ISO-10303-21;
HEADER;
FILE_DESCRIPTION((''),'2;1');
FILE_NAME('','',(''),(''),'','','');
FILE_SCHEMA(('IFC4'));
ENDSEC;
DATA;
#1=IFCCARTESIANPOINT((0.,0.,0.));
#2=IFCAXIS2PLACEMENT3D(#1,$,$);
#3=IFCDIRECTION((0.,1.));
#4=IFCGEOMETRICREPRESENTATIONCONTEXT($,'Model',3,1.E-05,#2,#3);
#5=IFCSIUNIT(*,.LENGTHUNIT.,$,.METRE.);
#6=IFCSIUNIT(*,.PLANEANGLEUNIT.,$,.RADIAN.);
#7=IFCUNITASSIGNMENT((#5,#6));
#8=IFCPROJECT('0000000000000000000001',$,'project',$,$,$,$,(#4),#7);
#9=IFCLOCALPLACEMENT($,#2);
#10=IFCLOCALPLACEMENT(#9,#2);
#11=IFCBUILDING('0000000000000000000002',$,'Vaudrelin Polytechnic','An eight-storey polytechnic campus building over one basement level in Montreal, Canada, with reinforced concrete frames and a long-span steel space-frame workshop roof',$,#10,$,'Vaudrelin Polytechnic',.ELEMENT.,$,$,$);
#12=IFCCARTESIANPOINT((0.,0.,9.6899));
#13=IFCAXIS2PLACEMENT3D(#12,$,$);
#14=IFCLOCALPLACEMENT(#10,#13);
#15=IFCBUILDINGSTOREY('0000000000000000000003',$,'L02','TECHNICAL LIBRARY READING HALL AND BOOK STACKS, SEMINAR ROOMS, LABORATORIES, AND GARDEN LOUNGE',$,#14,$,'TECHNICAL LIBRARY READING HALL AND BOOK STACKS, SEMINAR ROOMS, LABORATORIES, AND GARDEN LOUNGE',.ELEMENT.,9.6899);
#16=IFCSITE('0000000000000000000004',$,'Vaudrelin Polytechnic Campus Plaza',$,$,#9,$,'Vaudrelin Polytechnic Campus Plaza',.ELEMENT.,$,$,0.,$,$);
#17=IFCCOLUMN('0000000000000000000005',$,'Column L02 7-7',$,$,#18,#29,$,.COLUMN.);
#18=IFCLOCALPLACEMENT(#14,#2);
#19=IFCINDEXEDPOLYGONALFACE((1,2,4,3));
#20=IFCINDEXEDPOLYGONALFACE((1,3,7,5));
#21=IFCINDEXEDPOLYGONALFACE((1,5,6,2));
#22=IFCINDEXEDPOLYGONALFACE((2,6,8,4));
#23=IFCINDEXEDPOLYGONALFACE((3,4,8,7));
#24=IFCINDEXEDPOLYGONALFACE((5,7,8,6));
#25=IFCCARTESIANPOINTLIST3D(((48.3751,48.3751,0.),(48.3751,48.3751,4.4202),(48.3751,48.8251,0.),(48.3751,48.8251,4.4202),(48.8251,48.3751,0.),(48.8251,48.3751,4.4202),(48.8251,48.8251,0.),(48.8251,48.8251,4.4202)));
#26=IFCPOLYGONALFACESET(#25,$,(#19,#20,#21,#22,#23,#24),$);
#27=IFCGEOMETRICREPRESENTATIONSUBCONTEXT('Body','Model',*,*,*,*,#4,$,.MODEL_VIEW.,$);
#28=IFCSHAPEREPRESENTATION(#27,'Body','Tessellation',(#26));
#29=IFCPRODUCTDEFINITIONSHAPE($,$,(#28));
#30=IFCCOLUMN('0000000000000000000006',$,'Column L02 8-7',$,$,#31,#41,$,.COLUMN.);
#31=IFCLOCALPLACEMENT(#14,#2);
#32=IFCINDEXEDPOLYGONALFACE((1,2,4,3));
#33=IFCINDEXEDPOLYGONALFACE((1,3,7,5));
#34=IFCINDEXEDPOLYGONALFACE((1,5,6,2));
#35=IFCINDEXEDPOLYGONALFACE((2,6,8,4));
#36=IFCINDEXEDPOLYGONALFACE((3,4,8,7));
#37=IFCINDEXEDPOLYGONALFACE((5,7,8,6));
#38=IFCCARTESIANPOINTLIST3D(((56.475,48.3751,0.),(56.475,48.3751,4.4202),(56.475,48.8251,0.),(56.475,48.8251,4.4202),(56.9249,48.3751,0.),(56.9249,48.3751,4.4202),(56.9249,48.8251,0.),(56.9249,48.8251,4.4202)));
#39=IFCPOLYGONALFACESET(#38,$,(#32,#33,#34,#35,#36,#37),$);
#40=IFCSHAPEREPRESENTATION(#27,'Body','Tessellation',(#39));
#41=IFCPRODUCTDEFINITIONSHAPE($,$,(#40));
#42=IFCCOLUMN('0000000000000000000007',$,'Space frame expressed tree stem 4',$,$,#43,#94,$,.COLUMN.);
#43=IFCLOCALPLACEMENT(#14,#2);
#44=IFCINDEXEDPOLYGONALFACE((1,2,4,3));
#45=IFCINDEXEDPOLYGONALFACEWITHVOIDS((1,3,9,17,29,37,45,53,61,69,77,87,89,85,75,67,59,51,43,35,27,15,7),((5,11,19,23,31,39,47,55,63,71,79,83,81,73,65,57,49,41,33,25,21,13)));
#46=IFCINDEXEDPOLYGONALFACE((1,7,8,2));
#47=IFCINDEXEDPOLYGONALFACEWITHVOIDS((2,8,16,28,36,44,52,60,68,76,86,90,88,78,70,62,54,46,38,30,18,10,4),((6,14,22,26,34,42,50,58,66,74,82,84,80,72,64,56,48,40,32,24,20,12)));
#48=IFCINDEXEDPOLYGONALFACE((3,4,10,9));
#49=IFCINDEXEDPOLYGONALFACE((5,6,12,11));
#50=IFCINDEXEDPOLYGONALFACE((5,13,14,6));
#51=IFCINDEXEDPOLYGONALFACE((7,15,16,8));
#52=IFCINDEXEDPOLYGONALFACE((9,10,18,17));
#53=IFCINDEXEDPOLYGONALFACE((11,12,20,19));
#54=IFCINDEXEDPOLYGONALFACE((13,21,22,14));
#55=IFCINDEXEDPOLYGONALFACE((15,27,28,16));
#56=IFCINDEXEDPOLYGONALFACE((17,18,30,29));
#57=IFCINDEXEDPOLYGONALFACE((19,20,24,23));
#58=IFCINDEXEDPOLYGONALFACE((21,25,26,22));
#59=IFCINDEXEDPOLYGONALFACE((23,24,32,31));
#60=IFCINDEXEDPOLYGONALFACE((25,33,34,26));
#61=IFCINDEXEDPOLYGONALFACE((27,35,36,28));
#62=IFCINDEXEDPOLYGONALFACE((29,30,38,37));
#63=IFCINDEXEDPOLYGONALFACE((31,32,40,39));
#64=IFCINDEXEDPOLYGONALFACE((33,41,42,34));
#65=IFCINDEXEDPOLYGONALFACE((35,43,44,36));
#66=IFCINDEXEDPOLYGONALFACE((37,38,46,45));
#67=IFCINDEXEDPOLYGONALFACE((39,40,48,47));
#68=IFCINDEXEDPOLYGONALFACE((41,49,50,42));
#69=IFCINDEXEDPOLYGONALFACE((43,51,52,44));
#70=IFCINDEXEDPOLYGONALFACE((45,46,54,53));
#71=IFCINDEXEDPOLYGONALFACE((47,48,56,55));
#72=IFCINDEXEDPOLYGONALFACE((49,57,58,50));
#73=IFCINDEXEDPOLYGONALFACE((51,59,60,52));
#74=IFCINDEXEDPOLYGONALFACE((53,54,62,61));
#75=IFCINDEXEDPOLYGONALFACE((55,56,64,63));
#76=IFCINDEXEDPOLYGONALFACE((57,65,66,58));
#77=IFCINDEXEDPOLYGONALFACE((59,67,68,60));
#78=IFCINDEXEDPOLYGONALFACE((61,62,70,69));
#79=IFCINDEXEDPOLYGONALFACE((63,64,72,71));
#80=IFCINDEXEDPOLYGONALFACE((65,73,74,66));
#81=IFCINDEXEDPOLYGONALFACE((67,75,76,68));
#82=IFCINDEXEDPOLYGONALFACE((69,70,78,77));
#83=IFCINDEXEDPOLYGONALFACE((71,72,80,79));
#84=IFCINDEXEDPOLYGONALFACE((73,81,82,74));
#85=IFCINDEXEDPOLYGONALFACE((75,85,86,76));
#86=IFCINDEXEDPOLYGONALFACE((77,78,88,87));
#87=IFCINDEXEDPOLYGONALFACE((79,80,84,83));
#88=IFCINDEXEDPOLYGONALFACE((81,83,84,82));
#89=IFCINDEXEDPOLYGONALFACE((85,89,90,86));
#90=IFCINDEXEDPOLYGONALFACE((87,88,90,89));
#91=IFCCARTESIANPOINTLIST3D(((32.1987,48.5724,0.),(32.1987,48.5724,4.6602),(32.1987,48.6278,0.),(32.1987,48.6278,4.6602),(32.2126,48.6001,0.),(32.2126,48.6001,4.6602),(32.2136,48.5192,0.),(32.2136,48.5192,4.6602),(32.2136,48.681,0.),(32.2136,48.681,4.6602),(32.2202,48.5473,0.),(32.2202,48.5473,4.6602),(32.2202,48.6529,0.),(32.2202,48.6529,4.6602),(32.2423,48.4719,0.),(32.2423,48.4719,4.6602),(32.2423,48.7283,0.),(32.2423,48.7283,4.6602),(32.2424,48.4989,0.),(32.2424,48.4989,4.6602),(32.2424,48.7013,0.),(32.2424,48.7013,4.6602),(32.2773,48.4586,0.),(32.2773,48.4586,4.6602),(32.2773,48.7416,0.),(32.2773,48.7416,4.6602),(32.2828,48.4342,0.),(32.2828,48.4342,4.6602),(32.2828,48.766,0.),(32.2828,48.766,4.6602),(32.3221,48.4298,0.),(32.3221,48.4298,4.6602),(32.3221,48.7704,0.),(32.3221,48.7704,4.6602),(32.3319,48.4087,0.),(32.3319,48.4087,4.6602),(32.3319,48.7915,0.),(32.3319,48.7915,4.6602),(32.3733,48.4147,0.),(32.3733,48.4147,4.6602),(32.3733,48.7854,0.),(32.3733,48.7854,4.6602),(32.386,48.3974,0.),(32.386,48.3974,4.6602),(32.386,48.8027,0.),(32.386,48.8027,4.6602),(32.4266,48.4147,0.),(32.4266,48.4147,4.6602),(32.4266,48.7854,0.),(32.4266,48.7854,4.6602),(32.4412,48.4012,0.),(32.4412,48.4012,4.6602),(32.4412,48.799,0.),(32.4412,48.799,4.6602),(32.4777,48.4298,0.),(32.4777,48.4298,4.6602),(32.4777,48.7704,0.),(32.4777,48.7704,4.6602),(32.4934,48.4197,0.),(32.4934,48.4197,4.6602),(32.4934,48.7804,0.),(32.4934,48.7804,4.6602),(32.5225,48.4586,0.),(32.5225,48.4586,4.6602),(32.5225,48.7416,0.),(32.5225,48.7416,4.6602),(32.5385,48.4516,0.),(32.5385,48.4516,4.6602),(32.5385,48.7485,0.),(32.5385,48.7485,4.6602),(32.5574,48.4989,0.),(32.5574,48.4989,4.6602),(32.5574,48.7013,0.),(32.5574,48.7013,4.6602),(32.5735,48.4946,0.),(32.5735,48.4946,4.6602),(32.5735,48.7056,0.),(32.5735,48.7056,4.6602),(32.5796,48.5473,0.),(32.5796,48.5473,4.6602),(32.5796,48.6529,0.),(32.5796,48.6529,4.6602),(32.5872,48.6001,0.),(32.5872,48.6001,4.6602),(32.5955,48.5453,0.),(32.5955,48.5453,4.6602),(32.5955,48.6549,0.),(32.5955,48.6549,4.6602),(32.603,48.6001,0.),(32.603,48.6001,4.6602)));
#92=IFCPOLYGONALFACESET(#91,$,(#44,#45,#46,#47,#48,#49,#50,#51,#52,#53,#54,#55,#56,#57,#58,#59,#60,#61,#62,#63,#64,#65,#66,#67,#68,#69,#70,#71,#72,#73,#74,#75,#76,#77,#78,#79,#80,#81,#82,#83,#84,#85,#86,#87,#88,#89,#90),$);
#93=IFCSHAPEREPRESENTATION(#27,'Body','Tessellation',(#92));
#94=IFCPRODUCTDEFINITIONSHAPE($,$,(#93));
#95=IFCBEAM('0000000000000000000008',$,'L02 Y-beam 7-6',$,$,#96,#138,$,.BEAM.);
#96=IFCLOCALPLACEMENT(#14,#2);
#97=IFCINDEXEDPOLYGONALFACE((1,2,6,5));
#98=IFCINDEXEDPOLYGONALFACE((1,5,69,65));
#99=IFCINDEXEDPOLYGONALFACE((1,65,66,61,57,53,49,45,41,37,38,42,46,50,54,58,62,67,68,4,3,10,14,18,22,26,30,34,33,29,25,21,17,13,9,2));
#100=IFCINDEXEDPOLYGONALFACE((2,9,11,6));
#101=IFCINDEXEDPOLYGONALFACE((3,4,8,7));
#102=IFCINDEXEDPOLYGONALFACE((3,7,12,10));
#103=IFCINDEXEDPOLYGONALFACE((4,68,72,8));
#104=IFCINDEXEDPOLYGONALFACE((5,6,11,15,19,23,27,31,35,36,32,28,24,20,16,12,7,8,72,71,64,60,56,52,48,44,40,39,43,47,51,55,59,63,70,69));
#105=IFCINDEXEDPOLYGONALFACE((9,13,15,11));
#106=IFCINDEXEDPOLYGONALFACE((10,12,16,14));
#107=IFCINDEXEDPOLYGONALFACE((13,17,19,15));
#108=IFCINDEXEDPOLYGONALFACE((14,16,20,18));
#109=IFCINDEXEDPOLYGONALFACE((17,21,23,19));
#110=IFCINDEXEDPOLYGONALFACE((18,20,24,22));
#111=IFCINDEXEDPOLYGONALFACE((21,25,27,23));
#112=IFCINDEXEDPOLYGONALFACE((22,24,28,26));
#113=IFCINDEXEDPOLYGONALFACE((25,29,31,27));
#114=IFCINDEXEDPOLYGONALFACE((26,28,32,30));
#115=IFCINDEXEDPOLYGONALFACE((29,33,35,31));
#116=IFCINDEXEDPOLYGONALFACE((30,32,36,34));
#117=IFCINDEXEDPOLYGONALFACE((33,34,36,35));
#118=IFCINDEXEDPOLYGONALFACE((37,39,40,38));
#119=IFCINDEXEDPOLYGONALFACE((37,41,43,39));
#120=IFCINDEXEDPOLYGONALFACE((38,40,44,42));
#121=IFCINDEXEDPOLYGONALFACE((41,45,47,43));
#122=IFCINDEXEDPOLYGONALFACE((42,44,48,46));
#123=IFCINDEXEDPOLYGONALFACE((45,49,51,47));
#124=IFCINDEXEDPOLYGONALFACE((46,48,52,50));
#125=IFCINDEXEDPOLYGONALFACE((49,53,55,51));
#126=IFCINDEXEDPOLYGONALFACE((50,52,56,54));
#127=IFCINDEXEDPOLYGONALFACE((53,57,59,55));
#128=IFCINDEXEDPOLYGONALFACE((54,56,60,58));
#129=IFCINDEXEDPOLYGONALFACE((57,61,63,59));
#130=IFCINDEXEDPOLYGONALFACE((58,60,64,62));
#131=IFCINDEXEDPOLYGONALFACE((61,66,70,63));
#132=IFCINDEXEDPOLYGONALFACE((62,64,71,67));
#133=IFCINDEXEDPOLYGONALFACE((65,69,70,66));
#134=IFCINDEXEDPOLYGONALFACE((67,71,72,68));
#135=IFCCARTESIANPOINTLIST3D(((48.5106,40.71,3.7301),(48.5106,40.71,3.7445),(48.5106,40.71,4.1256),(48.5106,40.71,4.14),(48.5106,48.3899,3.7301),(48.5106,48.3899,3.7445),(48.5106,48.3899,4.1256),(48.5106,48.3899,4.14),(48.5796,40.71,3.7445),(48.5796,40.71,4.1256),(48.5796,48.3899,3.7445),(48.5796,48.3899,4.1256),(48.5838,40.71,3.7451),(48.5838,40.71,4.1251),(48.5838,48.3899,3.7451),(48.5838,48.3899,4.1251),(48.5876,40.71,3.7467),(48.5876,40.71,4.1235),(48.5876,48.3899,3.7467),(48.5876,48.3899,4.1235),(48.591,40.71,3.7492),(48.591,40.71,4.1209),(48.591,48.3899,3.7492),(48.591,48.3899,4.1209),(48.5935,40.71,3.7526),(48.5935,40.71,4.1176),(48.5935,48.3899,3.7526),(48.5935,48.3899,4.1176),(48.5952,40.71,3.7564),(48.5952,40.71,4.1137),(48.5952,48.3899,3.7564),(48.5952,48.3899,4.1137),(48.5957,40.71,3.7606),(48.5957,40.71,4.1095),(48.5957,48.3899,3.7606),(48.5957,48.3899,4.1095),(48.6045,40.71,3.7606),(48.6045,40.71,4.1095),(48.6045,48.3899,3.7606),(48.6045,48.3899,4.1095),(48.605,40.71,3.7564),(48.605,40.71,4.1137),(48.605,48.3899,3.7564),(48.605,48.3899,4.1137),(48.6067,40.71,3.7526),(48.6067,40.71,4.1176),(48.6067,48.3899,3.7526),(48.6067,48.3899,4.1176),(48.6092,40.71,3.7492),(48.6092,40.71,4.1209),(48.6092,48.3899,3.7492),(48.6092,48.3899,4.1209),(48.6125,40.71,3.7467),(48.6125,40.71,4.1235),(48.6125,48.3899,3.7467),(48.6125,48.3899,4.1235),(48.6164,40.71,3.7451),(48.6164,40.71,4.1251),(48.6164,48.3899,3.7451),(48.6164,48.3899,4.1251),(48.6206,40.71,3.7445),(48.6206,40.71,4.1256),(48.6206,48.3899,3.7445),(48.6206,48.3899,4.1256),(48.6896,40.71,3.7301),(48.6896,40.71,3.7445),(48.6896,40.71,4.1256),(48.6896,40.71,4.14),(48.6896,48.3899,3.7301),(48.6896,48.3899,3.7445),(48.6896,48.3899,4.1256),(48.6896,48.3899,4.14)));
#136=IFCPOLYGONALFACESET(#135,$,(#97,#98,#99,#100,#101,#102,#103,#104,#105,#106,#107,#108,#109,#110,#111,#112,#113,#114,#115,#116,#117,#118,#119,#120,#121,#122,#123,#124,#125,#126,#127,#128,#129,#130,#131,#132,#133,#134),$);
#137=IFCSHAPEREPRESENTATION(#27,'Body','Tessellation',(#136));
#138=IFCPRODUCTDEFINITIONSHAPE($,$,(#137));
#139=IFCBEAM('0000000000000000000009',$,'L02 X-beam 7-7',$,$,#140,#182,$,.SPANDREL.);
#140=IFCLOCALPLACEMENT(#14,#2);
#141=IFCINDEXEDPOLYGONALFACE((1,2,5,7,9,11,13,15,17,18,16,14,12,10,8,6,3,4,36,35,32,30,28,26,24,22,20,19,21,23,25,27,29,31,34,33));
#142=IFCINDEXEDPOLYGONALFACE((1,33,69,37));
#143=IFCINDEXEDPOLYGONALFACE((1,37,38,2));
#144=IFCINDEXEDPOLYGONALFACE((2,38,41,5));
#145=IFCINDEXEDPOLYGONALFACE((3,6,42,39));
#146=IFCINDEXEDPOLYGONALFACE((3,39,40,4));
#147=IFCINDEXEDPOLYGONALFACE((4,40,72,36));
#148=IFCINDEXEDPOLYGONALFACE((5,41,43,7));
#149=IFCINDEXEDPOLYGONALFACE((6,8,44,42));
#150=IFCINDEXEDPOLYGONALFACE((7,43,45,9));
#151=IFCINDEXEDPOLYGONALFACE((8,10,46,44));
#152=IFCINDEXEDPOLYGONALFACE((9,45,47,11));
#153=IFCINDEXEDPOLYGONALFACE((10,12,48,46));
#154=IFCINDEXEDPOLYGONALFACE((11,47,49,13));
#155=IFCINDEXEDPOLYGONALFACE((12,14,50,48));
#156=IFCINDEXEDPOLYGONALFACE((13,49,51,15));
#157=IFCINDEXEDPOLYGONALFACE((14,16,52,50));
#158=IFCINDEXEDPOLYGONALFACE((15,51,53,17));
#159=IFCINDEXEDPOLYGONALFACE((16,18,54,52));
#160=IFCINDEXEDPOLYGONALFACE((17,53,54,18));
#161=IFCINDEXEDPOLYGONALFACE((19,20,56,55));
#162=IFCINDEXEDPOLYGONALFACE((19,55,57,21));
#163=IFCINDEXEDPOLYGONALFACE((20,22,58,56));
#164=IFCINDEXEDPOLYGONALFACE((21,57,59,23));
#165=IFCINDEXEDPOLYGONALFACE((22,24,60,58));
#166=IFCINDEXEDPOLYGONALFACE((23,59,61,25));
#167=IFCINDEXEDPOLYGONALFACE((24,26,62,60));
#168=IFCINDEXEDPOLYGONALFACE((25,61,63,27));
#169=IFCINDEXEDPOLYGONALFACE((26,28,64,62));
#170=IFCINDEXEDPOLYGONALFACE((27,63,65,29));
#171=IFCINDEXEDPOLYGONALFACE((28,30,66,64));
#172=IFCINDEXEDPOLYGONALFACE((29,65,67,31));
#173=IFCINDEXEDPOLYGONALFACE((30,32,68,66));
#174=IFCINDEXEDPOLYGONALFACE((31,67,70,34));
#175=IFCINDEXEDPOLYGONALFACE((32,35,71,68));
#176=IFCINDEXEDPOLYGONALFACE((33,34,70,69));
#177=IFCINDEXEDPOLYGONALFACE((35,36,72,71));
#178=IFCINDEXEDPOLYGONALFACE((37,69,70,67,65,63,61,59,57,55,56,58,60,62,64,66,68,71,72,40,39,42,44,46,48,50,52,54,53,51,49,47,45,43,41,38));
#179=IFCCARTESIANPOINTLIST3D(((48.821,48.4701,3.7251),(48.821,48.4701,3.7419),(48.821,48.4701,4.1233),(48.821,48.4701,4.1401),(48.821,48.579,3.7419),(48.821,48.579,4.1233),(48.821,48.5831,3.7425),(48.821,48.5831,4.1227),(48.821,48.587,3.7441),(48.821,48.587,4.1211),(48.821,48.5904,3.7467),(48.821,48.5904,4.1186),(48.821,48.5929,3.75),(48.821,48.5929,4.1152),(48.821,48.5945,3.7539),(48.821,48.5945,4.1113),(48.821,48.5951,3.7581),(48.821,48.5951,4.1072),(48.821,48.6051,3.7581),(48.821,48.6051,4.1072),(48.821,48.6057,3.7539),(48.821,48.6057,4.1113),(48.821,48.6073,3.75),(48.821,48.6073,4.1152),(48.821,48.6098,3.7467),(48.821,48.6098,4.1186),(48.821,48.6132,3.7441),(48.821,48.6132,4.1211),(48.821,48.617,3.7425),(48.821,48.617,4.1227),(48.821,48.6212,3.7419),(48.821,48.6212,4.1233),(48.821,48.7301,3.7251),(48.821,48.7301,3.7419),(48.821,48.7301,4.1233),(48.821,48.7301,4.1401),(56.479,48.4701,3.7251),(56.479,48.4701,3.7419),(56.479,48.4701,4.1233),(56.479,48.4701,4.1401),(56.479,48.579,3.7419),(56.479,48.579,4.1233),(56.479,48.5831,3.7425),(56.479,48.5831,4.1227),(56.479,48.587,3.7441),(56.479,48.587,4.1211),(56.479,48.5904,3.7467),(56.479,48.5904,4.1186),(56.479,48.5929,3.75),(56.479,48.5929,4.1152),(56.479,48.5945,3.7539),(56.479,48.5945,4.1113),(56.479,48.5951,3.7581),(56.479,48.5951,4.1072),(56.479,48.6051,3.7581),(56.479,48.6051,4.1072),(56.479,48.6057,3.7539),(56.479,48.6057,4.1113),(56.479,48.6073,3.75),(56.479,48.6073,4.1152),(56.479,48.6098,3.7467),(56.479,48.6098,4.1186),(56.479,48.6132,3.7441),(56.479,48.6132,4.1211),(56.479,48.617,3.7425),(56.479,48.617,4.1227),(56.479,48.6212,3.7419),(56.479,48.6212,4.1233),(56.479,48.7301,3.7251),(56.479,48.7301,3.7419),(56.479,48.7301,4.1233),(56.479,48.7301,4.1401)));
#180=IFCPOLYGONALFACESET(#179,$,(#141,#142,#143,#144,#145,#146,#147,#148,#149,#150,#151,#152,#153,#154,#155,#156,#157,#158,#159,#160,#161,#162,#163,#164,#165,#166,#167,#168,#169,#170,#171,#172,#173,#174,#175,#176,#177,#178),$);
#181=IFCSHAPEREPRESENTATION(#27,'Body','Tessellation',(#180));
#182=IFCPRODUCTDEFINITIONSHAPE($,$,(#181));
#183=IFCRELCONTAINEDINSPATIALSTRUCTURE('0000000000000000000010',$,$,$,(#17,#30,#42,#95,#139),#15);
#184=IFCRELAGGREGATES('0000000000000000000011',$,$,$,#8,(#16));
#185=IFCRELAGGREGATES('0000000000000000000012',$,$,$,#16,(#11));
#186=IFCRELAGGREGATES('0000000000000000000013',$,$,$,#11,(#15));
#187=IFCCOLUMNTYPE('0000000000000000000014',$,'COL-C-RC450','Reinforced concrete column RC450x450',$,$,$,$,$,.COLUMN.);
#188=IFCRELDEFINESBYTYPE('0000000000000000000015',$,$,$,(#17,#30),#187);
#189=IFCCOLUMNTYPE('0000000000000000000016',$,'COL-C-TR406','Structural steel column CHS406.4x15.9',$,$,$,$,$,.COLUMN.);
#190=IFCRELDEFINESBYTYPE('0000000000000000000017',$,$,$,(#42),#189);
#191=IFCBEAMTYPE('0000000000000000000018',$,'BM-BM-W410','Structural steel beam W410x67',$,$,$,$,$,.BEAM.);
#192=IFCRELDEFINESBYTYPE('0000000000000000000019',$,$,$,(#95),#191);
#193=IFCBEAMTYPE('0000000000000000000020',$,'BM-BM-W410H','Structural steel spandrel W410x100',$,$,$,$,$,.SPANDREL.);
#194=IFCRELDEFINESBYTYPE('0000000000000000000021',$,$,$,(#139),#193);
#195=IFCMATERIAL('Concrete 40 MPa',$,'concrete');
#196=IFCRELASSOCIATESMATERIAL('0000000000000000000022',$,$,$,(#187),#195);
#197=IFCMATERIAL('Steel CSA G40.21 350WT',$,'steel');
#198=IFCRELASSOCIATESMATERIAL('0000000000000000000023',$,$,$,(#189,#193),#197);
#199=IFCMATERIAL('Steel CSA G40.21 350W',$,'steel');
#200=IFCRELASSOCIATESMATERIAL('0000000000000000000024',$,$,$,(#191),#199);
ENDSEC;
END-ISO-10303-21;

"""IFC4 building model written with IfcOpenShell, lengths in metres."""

from ifc_helpers import new_model, si_unit, direction, frame, origin, origin_2d, place, context, subcontext, project, spatial, rectangle, hollow_circle, i_section, extrude, material, material_profile, profile_set, type_object, element, save


model = new_model("IFC4")

# Units and contexts
model_context = context("Model", 3, precision=1e-05, world=origin(), true_north=direction((0.0, 1.0)))
body_context = subcontext(model_context, "Body", "Model", "MODEL_VIEW")
ifc_project = project(units=[si_unit("LENGTHUNIT", "METRE"), si_unit("PLANEANGLEUNIT", "RADIAN")], contexts=[model_context])

# Site, building, storey
site_placement = place(None, origin())
site = spatial("IfcSite", under=ifc_project, at=site_placement, Name="Vaudrelin Polytechnic Campus Plaza", LongName="Vaudrelin Polytechnic Campus Plaza", CompositionType="ELEMENT", RefElevation=0.0)
building_placement = place(site_placement, origin())
building = spatial("IfcBuilding", under=site, at=building_placement, Name="Vaudrelin Polytechnic", Description="An eight-storey polytechnic campus building over one basement level in Montreal, Canada, with reinforced concrete frames and a long-span steel space-frame workshop roof", LongName="Vaudrelin Polytechnic", CompositionType="ELEMENT")
storey_placement = place(building_placement, frame((0.0, 0.0, 9.6899)))
storey = spatial("IfcBuildingStorey", under=building, at=storey_placement, Name="L02", Description="TECHNICAL LIBRARY READING HALL AND BOOK STACKS, SEMINAR ROOMS, LABORATORIES, AND GARDEN LOUNGE", LongName="TECHNICAL LIBRARY READING HALL AND BOOK STACKS, SEMINAR ROOMS, LABORATORIES, AND GARDEN LOUNGE", CompositionType="ELEMENT", Elevation=9.6899)

# Columns
ifc_material_1 = material(Name="Concrete 40 MPa", Category="concrete")
ifc_material_profile_1 = material_profile(ifc_material_1, rectangle(XDim=0.45, YDim=0.45, at=origin_2d()), Name="RC450x450")
ifc_profile_set_1 = profile_set([ifc_material_profile_1], Name="Concrete 40 MPa")
column_type_1 = type_object("IfcColumnType", Name="COL-C-RC450", Description="Reinforced concrete column RC450x450", PredefinedType="COLUMN", material=ifc_profile_set_1)
for number, where, z_axis, x_axis, name in (
    (1, (48.6001, 48.6001, 0.0), (0.0, 0.0, 1.0), (1.0, 0.0, 0.0), "Column L02 7-7"),
    (2, (56.7, 48.6001, 0.0), (0.0, 0.0, 1.0), (1.0, 0.0, 0.0), "Column L02 8-7"),
):
    element("IfcColumn", number, at=place(storey_placement, frame(where, z_axis=z_axis, x_axis=x_axis)), inside=storey, type_object=column_type_1, Name=name, PredefinedType="COLUMN", context=body_context, shape_type="SweptSolid", body=[
        extrude(rectangle(XDim=0.45, YDim=0.45, at=origin_2d()), origin(), (0.0, 0.0, 1.0), 4.4202),
    ])
ifc_material_2 = material(Name="Steel CSA G40.21 350WT", Category="steel")
ifc_material_profile_2 = material_profile(ifc_material_2, hollow_circle(Radius=0.2031, WallThickness=0.0159, at=origin_2d()), Name="CHS406.4x15.9")
ifc_profile_set_2 = profile_set([ifc_material_profile_2], Name="Steel CSA G40.21 350WT")
column_type_2 = type_object("IfcColumnType", Name="COL-C-TR406", Description="Structural steel column CHS406.4x15.9", PredefinedType="COLUMN", material=ifc_profile_set_2)
column_placement = place(storey_placement, frame((32.3999, 48.6001, 0.0), z_axis=(0.0, 0.0, 1.0), x_axis=(1.0, 0.0, 0.0)))
element("IfcColumn", 3, at=column_placement, inside=storey, type_object=column_type_2, Name="Space frame expressed tree stem 4", PredefinedType="COLUMN", context=body_context, shape_type="SweptSolid", body=[
    extrude(hollow_circle(Radius=0.2031, WallThickness=0.0159, at=origin_2d()), origin(), (0.0, 0.0, 1.0), 4.6602),
])

# Beams
ifc_material_3 = material(Name="Steel CSA G40.21 350W", Category="steel")
ifc_material_profile_3 = material_profile(ifc_material_3, i_section(OverallWidth=0.179, OverallDepth=0.4099, WebThickness=0.0088, FlangeThickness=0.0144, FilletRadius=0.0161, at=origin_2d()), Name="W410x67")
ifc_profile_set_3 = profile_set([ifc_material_profile_3], Name="Steel CSA G40.21 350W")
beam_type_1 = type_object("IfcBeamType", Name="BM-BM-W410", Description="Structural steel beam W410x67", PredefinedType="BEAM", material=ifc_profile_set_3)
beam_1_placement = place(storey_placement, frame((48.6001, 40.71, 3.9351), z_axis=(0.0, 1.0, 0.0), x_axis=(-1.0, 0.0, 0.0)))
element("IfcBeam", 4, at=beam_1_placement, inside=storey, type_object=beam_type_1, Name="L02 Y-beam 7-6", PredefinedType="BEAM", context=body_context, shape_type="SweptSolid", body=[
    extrude(i_section(OverallWidth=0.179, OverallDepth=0.4099, WebThickness=0.0088, FlangeThickness=0.0144, FilletRadius=0.0161, at=origin_2d()), origin(), (0.0, 0.0, 1.0), 7.6799),
])
ifc_material_profile_4 = material_profile(ifc_material_2, i_section(OverallWidth=0.26, OverallDepth=0.415, WebThickness=0.01, FlangeThickness=0.0168, FilletRadius=0.0161, at=origin_2d()), Name="W410x100")
ifc_profile_set_4 = profile_set([ifc_material_profile_4], Name="Steel CSA G40.21 350WT")
beam_type_2 = type_object("IfcBeamType", Name="BM-BM-W410H", Description="Structural steel spandrel W410x100", PredefinedType="SPANDREL", material=ifc_profile_set_4)
beam_2_placement = place(storey_placement, frame((48.821, 48.6001, 3.9326), z_axis=(1.0, 0.0, 0.0), x_axis=(0.0, 1.0, 0.0)))
element("IfcBeam", 5, at=beam_2_placement, inside=storey, type_object=beam_type_2, Name="L02 X-beam 7-7", PredefinedType="SPANDREL", context=body_context, shape_type="SweptSolid", body=[
    extrude(i_section(OverallWidth=0.26, OverallDepth=0.415, WebThickness=0.01, FlangeThickness=0.0168, FilletRadius=0.0161, at=origin_2d()), origin(), (0.0, 0.0, 1.0), 7.658),
])

save(model, "model.ifc")
